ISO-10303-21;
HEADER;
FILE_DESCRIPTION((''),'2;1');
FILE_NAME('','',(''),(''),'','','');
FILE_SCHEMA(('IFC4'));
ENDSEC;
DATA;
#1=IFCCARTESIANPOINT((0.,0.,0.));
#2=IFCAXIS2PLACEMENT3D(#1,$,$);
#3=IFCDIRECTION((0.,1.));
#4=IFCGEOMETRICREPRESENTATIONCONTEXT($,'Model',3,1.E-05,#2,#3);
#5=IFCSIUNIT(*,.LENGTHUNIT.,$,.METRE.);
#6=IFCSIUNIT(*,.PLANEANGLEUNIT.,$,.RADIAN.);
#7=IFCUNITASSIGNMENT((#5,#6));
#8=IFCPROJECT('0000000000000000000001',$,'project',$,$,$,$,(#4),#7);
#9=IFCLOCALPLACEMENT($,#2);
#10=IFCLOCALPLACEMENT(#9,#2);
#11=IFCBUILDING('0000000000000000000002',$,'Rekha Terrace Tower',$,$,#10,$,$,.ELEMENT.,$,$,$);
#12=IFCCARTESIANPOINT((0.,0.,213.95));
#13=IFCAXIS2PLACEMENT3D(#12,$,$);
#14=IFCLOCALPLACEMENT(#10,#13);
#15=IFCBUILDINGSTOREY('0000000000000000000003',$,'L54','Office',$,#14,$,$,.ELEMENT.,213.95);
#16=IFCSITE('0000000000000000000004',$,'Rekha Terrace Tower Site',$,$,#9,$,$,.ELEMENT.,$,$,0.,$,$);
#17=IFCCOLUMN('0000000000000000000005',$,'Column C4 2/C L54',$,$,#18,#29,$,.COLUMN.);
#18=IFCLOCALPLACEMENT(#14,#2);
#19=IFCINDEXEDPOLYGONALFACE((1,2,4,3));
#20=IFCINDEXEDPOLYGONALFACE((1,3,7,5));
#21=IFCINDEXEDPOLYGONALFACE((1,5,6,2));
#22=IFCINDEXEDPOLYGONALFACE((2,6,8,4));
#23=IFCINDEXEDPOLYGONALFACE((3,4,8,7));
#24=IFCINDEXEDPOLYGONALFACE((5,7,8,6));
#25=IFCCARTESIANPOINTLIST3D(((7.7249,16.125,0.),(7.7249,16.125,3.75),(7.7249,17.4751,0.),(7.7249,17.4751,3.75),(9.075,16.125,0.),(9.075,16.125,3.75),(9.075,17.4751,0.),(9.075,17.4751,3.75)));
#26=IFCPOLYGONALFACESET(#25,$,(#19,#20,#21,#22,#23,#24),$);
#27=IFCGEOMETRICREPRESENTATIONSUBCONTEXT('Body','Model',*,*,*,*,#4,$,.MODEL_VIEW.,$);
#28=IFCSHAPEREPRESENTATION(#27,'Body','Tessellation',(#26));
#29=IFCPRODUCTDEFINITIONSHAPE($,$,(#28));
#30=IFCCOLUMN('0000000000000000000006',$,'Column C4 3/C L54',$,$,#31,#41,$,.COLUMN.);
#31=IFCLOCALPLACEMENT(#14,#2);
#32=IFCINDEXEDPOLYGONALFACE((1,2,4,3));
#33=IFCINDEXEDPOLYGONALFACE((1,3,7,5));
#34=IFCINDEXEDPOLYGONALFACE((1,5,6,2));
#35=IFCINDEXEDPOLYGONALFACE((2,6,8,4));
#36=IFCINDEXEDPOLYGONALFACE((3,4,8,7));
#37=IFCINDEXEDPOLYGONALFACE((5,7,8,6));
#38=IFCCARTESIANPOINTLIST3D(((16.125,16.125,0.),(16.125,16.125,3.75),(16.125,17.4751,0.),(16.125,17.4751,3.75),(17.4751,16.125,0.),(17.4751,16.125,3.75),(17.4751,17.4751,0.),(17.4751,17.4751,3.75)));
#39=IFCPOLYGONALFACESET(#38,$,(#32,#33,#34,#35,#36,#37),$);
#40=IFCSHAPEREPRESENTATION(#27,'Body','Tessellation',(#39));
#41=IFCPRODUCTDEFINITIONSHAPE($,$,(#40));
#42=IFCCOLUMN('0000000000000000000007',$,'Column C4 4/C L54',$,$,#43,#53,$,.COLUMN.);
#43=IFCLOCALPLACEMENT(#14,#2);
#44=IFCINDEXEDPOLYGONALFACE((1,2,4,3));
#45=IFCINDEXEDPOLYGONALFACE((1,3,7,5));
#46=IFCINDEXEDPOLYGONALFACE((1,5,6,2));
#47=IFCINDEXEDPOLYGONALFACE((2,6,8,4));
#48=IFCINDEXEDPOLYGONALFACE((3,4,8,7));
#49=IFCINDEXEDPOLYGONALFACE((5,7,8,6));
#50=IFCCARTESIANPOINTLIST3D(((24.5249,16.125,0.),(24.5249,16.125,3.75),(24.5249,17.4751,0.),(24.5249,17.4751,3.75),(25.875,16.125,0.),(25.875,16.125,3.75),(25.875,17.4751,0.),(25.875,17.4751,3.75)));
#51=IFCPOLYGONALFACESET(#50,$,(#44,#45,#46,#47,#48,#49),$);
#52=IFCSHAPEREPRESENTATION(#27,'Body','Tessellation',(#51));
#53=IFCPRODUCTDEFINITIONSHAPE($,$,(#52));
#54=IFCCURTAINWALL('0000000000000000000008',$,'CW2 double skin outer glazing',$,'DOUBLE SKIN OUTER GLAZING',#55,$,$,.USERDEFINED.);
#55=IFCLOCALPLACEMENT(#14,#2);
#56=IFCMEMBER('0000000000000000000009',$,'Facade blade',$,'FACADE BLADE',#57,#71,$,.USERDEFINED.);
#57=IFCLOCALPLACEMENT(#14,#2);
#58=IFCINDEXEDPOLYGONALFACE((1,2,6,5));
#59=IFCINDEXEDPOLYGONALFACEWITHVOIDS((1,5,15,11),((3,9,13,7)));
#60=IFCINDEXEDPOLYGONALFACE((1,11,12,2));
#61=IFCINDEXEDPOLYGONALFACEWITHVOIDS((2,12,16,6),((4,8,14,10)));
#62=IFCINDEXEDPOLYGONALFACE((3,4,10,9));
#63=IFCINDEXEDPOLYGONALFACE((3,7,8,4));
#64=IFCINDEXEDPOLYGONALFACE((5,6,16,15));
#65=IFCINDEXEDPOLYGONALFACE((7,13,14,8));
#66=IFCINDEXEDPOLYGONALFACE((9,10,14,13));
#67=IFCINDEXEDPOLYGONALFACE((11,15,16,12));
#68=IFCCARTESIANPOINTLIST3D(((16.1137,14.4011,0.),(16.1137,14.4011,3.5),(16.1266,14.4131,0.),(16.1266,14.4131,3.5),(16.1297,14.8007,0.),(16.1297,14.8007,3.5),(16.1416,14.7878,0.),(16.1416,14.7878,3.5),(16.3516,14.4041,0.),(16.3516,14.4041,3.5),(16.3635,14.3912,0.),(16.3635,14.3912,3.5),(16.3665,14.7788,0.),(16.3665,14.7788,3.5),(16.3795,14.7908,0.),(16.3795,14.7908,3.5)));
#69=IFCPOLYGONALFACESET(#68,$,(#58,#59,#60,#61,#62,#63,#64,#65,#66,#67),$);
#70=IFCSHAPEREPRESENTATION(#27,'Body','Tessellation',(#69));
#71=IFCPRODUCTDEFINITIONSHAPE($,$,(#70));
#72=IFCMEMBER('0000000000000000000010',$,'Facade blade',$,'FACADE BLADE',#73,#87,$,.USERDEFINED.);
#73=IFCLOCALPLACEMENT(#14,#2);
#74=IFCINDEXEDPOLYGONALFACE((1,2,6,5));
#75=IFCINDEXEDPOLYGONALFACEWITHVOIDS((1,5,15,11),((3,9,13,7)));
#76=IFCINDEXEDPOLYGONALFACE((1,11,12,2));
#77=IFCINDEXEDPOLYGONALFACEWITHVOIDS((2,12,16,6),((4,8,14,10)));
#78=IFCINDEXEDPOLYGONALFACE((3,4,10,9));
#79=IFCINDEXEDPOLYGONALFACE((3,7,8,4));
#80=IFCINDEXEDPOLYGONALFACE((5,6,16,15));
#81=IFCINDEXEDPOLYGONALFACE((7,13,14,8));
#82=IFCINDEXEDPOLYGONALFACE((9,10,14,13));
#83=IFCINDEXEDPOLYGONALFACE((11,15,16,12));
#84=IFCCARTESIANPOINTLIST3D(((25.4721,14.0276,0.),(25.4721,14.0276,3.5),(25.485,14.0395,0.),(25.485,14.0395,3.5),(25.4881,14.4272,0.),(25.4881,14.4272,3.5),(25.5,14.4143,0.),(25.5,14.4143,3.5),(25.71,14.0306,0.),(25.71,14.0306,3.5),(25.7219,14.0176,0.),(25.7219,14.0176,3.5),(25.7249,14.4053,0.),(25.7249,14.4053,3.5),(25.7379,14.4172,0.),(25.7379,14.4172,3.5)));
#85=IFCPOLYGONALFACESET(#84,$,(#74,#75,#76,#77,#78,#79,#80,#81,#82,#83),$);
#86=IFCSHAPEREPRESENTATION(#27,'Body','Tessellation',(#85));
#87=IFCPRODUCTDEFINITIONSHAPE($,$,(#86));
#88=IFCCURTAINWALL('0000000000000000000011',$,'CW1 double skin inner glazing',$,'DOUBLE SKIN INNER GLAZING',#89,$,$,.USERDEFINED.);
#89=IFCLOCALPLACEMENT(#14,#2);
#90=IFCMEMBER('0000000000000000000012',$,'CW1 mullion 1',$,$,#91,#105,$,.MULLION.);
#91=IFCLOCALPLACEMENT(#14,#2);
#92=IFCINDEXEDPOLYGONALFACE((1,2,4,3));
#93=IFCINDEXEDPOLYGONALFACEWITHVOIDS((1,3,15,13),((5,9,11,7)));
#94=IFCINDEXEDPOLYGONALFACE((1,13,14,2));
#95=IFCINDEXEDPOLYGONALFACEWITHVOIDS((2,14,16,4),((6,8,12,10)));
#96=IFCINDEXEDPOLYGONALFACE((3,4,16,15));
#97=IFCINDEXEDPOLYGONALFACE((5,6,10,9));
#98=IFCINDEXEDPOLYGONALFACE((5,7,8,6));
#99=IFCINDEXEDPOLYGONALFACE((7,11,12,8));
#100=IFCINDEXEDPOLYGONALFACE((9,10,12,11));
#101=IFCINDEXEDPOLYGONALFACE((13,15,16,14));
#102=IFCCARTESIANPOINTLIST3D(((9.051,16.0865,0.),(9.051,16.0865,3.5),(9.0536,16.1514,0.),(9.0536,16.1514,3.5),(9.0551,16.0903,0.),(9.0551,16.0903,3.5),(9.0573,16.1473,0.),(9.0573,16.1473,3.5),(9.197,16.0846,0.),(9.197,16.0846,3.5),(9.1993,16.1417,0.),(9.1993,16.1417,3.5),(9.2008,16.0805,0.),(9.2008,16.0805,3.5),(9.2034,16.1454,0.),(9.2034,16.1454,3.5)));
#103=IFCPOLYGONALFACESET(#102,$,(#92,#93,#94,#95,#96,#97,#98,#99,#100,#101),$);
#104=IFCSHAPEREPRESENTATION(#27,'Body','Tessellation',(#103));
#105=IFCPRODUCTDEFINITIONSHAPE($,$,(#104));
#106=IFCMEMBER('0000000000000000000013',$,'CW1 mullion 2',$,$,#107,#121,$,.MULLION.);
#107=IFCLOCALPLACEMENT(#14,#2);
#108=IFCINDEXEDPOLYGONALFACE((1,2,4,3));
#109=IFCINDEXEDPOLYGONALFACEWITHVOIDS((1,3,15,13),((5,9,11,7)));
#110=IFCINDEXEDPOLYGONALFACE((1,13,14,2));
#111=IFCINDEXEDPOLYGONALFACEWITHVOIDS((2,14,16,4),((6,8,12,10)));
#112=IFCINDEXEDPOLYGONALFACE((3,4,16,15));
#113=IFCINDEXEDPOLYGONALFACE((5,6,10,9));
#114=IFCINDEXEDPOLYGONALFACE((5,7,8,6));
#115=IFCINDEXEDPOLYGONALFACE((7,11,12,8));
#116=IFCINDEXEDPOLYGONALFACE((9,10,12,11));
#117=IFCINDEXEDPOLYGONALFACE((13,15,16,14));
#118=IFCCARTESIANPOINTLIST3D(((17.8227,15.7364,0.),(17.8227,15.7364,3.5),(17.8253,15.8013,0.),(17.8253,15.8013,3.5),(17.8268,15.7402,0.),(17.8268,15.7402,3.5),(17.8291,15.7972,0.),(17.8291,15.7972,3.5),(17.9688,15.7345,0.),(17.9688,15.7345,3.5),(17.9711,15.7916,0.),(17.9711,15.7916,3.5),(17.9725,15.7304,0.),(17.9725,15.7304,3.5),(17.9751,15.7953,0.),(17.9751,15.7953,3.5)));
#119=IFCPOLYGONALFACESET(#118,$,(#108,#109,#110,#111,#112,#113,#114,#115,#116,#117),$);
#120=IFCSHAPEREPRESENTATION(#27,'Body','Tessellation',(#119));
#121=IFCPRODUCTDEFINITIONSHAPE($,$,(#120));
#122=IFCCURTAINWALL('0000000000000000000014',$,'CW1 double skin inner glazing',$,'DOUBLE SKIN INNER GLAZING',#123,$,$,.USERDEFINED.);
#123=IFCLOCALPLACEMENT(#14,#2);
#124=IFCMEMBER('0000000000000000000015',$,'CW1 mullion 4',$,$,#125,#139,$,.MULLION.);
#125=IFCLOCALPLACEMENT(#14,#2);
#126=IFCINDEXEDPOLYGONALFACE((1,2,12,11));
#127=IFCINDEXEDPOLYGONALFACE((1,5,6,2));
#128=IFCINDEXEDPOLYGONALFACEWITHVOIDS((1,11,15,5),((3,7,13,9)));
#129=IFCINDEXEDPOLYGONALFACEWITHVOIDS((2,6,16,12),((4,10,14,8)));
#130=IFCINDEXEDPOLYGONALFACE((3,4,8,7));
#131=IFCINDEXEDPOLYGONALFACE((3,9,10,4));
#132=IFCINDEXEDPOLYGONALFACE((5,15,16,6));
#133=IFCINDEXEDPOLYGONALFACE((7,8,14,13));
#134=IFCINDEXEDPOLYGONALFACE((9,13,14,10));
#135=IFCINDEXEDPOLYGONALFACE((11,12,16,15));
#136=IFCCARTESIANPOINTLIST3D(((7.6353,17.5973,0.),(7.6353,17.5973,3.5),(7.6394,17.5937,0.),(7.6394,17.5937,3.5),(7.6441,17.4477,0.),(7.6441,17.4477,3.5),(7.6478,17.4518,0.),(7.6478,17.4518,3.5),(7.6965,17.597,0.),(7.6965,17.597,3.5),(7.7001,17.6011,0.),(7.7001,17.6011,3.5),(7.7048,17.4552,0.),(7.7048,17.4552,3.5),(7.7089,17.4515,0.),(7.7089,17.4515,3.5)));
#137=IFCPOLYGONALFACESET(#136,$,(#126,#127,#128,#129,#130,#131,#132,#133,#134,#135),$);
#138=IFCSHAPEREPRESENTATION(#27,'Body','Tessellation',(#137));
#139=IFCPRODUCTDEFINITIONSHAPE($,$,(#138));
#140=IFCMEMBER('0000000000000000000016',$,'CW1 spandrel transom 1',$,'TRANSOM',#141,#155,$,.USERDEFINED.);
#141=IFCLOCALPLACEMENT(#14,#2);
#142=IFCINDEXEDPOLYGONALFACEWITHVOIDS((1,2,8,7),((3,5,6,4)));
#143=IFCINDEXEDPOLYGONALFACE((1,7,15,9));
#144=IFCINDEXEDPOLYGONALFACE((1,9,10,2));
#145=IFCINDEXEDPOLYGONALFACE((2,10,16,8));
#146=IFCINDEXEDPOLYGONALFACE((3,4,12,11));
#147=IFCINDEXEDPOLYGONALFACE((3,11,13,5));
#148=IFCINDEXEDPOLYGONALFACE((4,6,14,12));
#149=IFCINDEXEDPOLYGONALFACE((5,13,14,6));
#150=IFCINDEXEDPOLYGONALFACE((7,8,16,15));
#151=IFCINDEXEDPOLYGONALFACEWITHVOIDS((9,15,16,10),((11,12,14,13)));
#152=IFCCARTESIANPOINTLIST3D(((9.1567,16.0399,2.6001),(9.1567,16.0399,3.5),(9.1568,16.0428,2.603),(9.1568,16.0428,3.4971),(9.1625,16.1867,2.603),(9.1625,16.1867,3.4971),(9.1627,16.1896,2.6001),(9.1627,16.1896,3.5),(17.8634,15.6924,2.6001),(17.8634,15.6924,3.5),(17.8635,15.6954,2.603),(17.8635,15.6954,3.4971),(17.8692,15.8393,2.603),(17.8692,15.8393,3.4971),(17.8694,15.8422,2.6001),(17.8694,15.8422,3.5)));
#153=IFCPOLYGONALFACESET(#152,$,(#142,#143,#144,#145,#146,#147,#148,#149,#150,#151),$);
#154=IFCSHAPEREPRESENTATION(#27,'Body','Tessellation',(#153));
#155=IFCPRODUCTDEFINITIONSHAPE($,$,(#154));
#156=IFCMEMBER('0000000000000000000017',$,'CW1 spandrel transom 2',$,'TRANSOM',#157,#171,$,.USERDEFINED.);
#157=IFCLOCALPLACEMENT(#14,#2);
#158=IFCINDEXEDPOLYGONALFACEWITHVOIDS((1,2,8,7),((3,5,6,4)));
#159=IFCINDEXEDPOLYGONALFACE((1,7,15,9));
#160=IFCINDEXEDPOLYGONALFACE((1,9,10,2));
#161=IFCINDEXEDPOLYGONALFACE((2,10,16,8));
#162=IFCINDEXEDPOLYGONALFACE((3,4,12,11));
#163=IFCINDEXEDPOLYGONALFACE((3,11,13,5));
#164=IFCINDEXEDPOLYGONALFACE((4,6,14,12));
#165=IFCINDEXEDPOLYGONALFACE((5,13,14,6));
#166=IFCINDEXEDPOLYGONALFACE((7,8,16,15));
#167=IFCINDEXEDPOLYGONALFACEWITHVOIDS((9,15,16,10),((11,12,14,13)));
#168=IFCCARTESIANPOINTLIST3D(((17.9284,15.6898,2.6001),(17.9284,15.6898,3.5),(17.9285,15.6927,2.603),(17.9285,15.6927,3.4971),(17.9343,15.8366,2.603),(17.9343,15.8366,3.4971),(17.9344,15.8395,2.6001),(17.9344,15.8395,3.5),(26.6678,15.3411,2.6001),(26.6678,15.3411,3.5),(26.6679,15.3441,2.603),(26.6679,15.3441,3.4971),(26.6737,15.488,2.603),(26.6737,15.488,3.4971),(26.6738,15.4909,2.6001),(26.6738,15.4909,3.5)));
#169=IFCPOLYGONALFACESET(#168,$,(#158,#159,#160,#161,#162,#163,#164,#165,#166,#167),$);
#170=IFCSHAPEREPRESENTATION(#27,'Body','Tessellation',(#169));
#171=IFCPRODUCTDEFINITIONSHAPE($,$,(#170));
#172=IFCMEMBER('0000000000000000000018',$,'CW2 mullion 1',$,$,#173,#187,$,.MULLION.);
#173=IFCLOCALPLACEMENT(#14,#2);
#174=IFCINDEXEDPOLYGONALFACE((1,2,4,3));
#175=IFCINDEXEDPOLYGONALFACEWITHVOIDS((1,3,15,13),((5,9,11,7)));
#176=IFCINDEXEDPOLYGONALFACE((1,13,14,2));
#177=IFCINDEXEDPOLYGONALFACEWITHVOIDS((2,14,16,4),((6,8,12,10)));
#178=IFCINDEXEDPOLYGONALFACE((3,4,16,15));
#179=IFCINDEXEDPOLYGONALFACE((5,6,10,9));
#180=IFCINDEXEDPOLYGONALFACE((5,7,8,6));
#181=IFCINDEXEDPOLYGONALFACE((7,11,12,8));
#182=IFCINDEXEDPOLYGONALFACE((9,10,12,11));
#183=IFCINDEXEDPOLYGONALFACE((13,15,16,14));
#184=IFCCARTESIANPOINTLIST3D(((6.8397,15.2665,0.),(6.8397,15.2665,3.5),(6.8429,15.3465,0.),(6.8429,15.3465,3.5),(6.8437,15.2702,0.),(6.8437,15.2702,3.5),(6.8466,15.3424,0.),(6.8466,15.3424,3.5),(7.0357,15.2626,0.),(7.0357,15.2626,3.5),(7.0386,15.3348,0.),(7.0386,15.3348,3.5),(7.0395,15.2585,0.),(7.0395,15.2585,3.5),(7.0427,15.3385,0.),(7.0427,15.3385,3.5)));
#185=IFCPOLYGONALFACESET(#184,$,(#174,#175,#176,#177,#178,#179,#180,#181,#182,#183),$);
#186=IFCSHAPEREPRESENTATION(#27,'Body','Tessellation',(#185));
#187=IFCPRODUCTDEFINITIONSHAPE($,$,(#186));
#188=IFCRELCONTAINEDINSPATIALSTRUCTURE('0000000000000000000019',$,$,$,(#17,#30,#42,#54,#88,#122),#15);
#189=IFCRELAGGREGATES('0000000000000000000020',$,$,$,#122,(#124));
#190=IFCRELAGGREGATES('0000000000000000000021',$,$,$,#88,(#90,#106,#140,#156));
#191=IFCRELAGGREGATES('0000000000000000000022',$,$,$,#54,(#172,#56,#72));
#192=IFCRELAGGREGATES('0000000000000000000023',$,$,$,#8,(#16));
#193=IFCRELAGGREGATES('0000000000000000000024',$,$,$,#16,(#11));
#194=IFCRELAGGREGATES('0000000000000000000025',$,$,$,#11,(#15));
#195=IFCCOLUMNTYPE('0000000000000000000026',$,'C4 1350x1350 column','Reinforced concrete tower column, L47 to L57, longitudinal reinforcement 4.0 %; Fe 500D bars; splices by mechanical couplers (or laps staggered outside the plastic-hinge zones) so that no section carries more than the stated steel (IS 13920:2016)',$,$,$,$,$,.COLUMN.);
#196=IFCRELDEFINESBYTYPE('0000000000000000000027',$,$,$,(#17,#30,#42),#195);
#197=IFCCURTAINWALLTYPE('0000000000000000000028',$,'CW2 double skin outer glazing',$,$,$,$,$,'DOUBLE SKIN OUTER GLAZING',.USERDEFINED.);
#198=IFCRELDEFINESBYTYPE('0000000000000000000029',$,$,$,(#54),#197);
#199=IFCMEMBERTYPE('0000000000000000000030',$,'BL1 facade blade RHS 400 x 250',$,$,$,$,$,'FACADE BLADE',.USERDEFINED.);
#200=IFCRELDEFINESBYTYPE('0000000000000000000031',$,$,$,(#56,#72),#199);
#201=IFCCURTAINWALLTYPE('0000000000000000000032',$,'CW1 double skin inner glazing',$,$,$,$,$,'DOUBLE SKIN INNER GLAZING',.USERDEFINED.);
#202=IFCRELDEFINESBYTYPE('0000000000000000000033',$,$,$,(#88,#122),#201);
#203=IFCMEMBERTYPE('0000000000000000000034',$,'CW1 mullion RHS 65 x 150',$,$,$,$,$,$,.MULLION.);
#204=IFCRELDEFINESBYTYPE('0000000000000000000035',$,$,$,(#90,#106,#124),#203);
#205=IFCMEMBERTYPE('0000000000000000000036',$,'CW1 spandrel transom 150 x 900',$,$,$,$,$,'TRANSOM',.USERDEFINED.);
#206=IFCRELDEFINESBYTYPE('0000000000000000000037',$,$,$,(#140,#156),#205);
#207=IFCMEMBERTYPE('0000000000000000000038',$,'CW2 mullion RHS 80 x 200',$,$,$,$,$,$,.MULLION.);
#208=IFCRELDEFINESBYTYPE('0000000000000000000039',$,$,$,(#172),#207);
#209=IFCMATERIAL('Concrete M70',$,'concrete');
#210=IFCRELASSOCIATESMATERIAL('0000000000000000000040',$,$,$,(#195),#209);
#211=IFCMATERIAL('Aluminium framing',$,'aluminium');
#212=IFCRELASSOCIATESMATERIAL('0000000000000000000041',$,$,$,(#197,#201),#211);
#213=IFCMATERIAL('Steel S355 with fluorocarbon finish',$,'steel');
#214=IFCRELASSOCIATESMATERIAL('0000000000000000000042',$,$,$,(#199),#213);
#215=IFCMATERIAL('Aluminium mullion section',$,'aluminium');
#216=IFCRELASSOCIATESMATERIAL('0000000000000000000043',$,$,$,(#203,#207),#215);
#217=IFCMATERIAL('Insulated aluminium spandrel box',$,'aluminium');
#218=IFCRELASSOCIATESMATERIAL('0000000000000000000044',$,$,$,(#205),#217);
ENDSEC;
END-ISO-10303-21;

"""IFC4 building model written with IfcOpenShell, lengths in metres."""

from ifc_helpers import new_model, si_unit, direction, frame, origin, origin_2d, place, context, subcontext, project, spatial, rectangle, hollow_rectangle, extrude, material, material_profile, profile_set, type_object, element, aggregate, save


model = new_model("IFC4")

# Units and contexts
model_context = context("Model", 3, precision=1e-05, world=origin(), true_north=direction((0.0, 1.0)))
body_context = subcontext(model_context, "Body", "Model", "MODEL_VIEW")
ifc_project = project(units=[si_unit("LENGTHUNIT", "METRE"), si_unit("PLANEANGLEUNIT", "RADIAN")], contexts=[model_context])

# Site, building, storey
site_placement = place(None, origin())
site = spatial("IfcSite", under=ifc_project, at=site_placement, Name="Rekha Terrace Tower Site", CompositionType="ELEMENT", RefElevation=0.0)
building_placement = place(site_placement, origin())
building = spatial("IfcBuilding", under=site, at=building_placement, Name="Rekha Terrace Tower", CompositionType="ELEMENT")
storey_placement = place(building_placement, frame((0.0, 0.0, 213.95)))
storey = spatial("IfcBuildingStorey", under=building, at=storey_placement, Name="L54", Description="Office", CompositionType="ELEMENT", Elevation=213.95)

# Columns
ifc_material_1 = material(Name="Concrete M70", Category="concrete")
ifc_material_profile_1 = material_profile(ifc_material_1, rectangle(XDim=1.3501, YDim=1.3501, at=origin_2d()), Name="RC 1350x1350")
ifc_profile_set_1 = profile_set([ifc_material_profile_1], Name="Concrete M70")
column_type = type_object("IfcColumnType", Name="C4 1350x1350 column", Description="Reinforced concrete tower column, L47 to L57, longitudinal reinforcement 4.0 %; Fe 500D bars; splices by mechanical couplers (or laps staggered outside the plastic-hinge zones) so that no section carries more than the stated steel (IS 13920:2016)", PredefinedType="COLUMN", material=ifc_profile_set_1)
for number, where, z_axis, x_axis, name in (
    (1, (8.3999, 16.8, 0.0), (0.0, 0.0, 1.0), (1.0, 0.0, 0.0), "Column C4 2/C L54"),
    (2, (16.8, 16.8, 0.0), (0.0, 0.0, 1.0), (1.0, 0.0, 0.0), "Column C4 3/C L54"),
    (3, (25.2, 16.8, 0.0), (0.0, 0.0, 1.0), (1.0, 0.0, 0.0), "Column C4 4/C L54"),
):
    element("IfcColumn", number, at=place(storey_placement, frame(where, z_axis=z_axis, x_axis=x_axis)), inside=storey, type_object=column_type, Name=name, PredefinedType="COLUMN", context=body_context, shape_type="SweptSolid", body=[
        extrude(rectangle(XDim=1.3501, YDim=1.3501, at=origin_2d()), origin(), (0.0, 0.0, 1.0), 3.75),
    ])

# Curtain walls, members
ifc_material_2 = material(Name="Aluminium framing", Category="aluminium")
curtain_wall_type_1 = type_object("IfcCurtainWallType", Name="CW2 double skin outer glazing", ElementType="DOUBLE SKIN OUTER GLAZING", PredefinedType="USERDEFINED", material=ifc_material_2)
curtain_wall_1_placement = place(storey_placement, origin())
curtain_wall_1 = element("IfcCurtainWall", 4, at=curtain_wall_1_placement, inside=storey, type_object=curtain_wall_type_1, Name="CW2 double skin outer glazing", ObjectType="DOUBLE SKIN OUTER GLAZING", PredefinedType="USERDEFINED")
ifc_material_3 = material(Name="Steel S355 with fluorocarbon finish", Category="steel")
ifc_material_profile_2 = material_profile(ifc_material_3, hollow_rectangle(XDim=0.25, YDim=0.3999, WallThickness=0.0125, at=origin_2d()), Name="RHS400x250x12.5")
ifc_profile_set_2 = profile_set([ifc_material_profile_2], Name="Steel S355 with fluorocarbon finish")
member_type_1 = type_object("IfcMemberType", Name="BL1 facade blade RHS 400 x 250", ElementType="FACADE BLADE", PredefinedType="USERDEFINED", material=ifc_profile_set_2)
member_1_placement = place(storey_placement, frame((16.2466, 14.5959, 0.0), z_axis=(0.0, 0.0, 1.0), x_axis=(0.999205, -0.039872, 0.0)))
member_1 = element("IfcMember", 5, at=member_1_placement, type_object=member_type_1, Name="Facade blade", ObjectType="FACADE BLADE", PredefinedType="USERDEFINED", context=body_context, shape_type="SweptSolid", body=[
    extrude(hollow_rectangle(XDim=0.25, YDim=0.3999, WallThickness=0.0125, at=origin_2d()), origin(), (0.0, 0.0, 1.0), 3.5),
])
member_2_placement = place(storey_placement, frame((25.605, 14.2224, 0.0), z_axis=(0.0, 0.0, 1.0), x_axis=(0.999205, -0.039872, 0.0)))
member_2 = element("IfcMember", 6, at=member_2_placement, type_object=member_type_1, Name="Facade blade", ObjectType="FACADE BLADE", PredefinedType="USERDEFINED", context=body_context, shape_type="SweptSolid", body=[
    extrude(hollow_rectangle(XDim=0.25, YDim=0.3999, WallThickness=0.0125, at=origin_2d()), origin(), (0.0, 0.0, 1.0), 3.5),
])
curtain_wall_type_2 = type_object("IfcCurtainWallType", Name="CW1 double skin inner glazing", ElementType="DOUBLE SKIN INNER GLAZING", PredefinedType="USERDEFINED", material=ifc_material_2)
curtain_wall_2_placement = place(storey_placement, origin())
curtain_wall_2 = element("IfcCurtainWall", 7, at=curtain_wall_2_placement, inside=storey, type_object=curtain_wall_type_2, Name="CW1 double skin inner glazing", ObjectType="DOUBLE SKIN INNER GLAZING", PredefinedType="USERDEFINED")
ifc_material_4 = material(Name="Aluminium mullion section", Category="aluminium")
ifc_material_profile_3 = material_profile(ifc_material_4, hollow_rectangle(XDim=0.0649, YDim=0.1499, WallThickness=0.0039, at=origin_2d()), Name="AL RHS 65x150")
ifc_profile_set_3 = profile_set([ifc_material_profile_3], Name="Aluminium mullion section")
member_type_2 = type_object("IfcMemberType", Name="CW1 mullion RHS 65 x 150", PredefinedType="MULLION", material=ifc_profile_set_3)
member_3_placement = place(storey_placement, frame((9.1272, 16.116, 0.0), z_axis=(0.0, 0.0, 1.0), x_axis=(0.039872, 0.999205, 0.0)))
member_3 = element("IfcMember", 8, at=member_3_placement, type_object=member_type_2, Name="CW1 mullion 1", PredefinedType="MULLION", context=body_context, shape_type="SweptSolid", body=[
    extrude(hollow_rectangle(XDim=0.0649, YDim=0.1499, WallThickness=0.0039, at=origin_2d()), origin(), (0.0, 0.0, 1.0), 3.5),
])
member_4_placement = place(storey_placement, frame((17.8989, 15.7659, 0.0), z_axis=(0.0, 0.0, 1.0), x_axis=(0.039872, 0.999205, 0.0)))
member_4 = element("IfcMember", 9, at=member_4_placement, type_object=member_type_2, Name="CW1 mullion 2", PredefinedType="MULLION", context=body_context, shape_type="SweptSolid", body=[
    extrude(hollow_rectangle(XDim=0.0649, YDim=0.1499, WallThickness=0.0039, at=origin_2d()), origin(), (0.0, 0.0, 1.0), 3.5),
])

# Curtain wall, member
curtain_wall_3_placement = place(storey_placement, origin())
curtain_wall_3 = element("IfcCurtainWall", 10, at=curtain_wall_3_placement, inside=storey, type_object=curtain_wall_type_2, Name="CW1 double skin inner glazing", ObjectType="DOUBLE SKIN INNER GLAZING", PredefinedType="USERDEFINED")
member_5_placement = place(storey_placement, frame((7.6721, 17.5244, 0.0), z_axis=(0.0, 0.0, 1.0), x_axis=(0.998272, 0.058765, 0.0)))
member_5 = element("IfcMember", 11, at=member_5_placement, type_object=member_type_2, Name="CW1 mullion 4", PredefinedType="MULLION", context=body_context, shape_type="SweptSolid", body=[
    extrude(hollow_rectangle(XDim=0.0649, YDim=0.1499, WallThickness=0.0039, at=origin_2d()), origin(), (0.0, 0.0, 1.0), 3.5),
])
aggregate(curtain_wall_3, [member_5])

# Members
ifc_material_5 = material(Name="Insulated aluminium spandrel box", Category="aluminium")
ifc_material_profile_4 = material_profile(ifc_material_5, hollow_rectangle(XDim=0.1499, YDim=0.8999, WallThickness=0.0029, at=origin_2d()), Name="AL SPANDREL BOX 150x900")
ifc_profile_set_4 = profile_set([ifc_material_profile_4], Name="Insulated aluminium spandrel box")
member_type_3 = type_object("IfcMemberType", Name="CW1 spandrel transom 150 x 900", ElementType="TRANSOM", PredefinedType="USERDEFINED", material=ifc_profile_set_4)
member_6_placement = place(storey_placement, frame((9.1597, 16.1147, 3.05), z_axis=(0.999205, -0.03987, 0.0), x_axis=(0.03987, 0.999205, 0.0)))
member_6 = element("IfcMember", 12, at=member_6_placement, type_object=member_type_3, Name="CW1 spandrel transom 1", ObjectType="TRANSOM", PredefinedType="USERDEFINED", context=body_context, shape_type="SweptSolid", body=[
    extrude(hollow_rectangle(XDim=0.1499, YDim=0.8999, WallThickness=0.0029, at=origin_2d()), origin(), (0.0, 0.0, 1.0), 8.7136),
])
member_7_placement = place(storey_placement, frame((17.9314, 15.7646, 3.05), z_axis=(0.999205, -0.03986, 0.0), x_axis=(0.03986, 0.999205, 0.0)))
member_7 = element("IfcMember", 13, at=member_7_placement, type_object=member_type_3, Name="CW1 spandrel transom 2", ObjectType="TRANSOM", PredefinedType="USERDEFINED", context=body_context, shape_type="SweptSolid", body=[
    extrude(hollow_rectangle(XDim=0.1499, YDim=0.8999, WallThickness=0.0029, at=origin_2d()), origin(), (0.0, 0.0, 1.0), 8.7463),
])
ifc_material_profile_5 = material_profile(ifc_material_4, hollow_rectangle(XDim=0.0801, YDim=0.2, WallThickness=0.0039, at=origin_2d()), Name="AL RHS 80x200")
ifc_profile_set_5 = profile_set([ifc_material_profile_5], Name="Aluminium mullion section")
member_type_4 = type_object("IfcMemberType", Name="CW2 mullion RHS 80 x 200", PredefinedType="MULLION", material=ifc_profile_set_5)
member_8_placement = place(storey_placement, frame((6.9412, 15.3025, 0.0), z_axis=(0.0, 0.0, 1.0), x_axis=(0.039872, 0.999205, 0.0)))
member_8 = element("IfcMember", 14, at=member_8_placement, type_object=member_type_4, Name="CW2 mullion 1", PredefinedType="MULLION", context=body_context, shape_type="SweptSolid", body=[
    extrude(hollow_rectangle(XDim=0.0801, YDim=0.2, WallThickness=0.0039, at=origin_2d()), origin(), (0.0, 0.0, 1.0), 3.5),
])

aggregate(curtain_wall_2, [member_3, member_4, member_6, member_7])
aggregate(curtain_wall_1, [member_8, member_1, member_2])

save(model, "model.ifc")
